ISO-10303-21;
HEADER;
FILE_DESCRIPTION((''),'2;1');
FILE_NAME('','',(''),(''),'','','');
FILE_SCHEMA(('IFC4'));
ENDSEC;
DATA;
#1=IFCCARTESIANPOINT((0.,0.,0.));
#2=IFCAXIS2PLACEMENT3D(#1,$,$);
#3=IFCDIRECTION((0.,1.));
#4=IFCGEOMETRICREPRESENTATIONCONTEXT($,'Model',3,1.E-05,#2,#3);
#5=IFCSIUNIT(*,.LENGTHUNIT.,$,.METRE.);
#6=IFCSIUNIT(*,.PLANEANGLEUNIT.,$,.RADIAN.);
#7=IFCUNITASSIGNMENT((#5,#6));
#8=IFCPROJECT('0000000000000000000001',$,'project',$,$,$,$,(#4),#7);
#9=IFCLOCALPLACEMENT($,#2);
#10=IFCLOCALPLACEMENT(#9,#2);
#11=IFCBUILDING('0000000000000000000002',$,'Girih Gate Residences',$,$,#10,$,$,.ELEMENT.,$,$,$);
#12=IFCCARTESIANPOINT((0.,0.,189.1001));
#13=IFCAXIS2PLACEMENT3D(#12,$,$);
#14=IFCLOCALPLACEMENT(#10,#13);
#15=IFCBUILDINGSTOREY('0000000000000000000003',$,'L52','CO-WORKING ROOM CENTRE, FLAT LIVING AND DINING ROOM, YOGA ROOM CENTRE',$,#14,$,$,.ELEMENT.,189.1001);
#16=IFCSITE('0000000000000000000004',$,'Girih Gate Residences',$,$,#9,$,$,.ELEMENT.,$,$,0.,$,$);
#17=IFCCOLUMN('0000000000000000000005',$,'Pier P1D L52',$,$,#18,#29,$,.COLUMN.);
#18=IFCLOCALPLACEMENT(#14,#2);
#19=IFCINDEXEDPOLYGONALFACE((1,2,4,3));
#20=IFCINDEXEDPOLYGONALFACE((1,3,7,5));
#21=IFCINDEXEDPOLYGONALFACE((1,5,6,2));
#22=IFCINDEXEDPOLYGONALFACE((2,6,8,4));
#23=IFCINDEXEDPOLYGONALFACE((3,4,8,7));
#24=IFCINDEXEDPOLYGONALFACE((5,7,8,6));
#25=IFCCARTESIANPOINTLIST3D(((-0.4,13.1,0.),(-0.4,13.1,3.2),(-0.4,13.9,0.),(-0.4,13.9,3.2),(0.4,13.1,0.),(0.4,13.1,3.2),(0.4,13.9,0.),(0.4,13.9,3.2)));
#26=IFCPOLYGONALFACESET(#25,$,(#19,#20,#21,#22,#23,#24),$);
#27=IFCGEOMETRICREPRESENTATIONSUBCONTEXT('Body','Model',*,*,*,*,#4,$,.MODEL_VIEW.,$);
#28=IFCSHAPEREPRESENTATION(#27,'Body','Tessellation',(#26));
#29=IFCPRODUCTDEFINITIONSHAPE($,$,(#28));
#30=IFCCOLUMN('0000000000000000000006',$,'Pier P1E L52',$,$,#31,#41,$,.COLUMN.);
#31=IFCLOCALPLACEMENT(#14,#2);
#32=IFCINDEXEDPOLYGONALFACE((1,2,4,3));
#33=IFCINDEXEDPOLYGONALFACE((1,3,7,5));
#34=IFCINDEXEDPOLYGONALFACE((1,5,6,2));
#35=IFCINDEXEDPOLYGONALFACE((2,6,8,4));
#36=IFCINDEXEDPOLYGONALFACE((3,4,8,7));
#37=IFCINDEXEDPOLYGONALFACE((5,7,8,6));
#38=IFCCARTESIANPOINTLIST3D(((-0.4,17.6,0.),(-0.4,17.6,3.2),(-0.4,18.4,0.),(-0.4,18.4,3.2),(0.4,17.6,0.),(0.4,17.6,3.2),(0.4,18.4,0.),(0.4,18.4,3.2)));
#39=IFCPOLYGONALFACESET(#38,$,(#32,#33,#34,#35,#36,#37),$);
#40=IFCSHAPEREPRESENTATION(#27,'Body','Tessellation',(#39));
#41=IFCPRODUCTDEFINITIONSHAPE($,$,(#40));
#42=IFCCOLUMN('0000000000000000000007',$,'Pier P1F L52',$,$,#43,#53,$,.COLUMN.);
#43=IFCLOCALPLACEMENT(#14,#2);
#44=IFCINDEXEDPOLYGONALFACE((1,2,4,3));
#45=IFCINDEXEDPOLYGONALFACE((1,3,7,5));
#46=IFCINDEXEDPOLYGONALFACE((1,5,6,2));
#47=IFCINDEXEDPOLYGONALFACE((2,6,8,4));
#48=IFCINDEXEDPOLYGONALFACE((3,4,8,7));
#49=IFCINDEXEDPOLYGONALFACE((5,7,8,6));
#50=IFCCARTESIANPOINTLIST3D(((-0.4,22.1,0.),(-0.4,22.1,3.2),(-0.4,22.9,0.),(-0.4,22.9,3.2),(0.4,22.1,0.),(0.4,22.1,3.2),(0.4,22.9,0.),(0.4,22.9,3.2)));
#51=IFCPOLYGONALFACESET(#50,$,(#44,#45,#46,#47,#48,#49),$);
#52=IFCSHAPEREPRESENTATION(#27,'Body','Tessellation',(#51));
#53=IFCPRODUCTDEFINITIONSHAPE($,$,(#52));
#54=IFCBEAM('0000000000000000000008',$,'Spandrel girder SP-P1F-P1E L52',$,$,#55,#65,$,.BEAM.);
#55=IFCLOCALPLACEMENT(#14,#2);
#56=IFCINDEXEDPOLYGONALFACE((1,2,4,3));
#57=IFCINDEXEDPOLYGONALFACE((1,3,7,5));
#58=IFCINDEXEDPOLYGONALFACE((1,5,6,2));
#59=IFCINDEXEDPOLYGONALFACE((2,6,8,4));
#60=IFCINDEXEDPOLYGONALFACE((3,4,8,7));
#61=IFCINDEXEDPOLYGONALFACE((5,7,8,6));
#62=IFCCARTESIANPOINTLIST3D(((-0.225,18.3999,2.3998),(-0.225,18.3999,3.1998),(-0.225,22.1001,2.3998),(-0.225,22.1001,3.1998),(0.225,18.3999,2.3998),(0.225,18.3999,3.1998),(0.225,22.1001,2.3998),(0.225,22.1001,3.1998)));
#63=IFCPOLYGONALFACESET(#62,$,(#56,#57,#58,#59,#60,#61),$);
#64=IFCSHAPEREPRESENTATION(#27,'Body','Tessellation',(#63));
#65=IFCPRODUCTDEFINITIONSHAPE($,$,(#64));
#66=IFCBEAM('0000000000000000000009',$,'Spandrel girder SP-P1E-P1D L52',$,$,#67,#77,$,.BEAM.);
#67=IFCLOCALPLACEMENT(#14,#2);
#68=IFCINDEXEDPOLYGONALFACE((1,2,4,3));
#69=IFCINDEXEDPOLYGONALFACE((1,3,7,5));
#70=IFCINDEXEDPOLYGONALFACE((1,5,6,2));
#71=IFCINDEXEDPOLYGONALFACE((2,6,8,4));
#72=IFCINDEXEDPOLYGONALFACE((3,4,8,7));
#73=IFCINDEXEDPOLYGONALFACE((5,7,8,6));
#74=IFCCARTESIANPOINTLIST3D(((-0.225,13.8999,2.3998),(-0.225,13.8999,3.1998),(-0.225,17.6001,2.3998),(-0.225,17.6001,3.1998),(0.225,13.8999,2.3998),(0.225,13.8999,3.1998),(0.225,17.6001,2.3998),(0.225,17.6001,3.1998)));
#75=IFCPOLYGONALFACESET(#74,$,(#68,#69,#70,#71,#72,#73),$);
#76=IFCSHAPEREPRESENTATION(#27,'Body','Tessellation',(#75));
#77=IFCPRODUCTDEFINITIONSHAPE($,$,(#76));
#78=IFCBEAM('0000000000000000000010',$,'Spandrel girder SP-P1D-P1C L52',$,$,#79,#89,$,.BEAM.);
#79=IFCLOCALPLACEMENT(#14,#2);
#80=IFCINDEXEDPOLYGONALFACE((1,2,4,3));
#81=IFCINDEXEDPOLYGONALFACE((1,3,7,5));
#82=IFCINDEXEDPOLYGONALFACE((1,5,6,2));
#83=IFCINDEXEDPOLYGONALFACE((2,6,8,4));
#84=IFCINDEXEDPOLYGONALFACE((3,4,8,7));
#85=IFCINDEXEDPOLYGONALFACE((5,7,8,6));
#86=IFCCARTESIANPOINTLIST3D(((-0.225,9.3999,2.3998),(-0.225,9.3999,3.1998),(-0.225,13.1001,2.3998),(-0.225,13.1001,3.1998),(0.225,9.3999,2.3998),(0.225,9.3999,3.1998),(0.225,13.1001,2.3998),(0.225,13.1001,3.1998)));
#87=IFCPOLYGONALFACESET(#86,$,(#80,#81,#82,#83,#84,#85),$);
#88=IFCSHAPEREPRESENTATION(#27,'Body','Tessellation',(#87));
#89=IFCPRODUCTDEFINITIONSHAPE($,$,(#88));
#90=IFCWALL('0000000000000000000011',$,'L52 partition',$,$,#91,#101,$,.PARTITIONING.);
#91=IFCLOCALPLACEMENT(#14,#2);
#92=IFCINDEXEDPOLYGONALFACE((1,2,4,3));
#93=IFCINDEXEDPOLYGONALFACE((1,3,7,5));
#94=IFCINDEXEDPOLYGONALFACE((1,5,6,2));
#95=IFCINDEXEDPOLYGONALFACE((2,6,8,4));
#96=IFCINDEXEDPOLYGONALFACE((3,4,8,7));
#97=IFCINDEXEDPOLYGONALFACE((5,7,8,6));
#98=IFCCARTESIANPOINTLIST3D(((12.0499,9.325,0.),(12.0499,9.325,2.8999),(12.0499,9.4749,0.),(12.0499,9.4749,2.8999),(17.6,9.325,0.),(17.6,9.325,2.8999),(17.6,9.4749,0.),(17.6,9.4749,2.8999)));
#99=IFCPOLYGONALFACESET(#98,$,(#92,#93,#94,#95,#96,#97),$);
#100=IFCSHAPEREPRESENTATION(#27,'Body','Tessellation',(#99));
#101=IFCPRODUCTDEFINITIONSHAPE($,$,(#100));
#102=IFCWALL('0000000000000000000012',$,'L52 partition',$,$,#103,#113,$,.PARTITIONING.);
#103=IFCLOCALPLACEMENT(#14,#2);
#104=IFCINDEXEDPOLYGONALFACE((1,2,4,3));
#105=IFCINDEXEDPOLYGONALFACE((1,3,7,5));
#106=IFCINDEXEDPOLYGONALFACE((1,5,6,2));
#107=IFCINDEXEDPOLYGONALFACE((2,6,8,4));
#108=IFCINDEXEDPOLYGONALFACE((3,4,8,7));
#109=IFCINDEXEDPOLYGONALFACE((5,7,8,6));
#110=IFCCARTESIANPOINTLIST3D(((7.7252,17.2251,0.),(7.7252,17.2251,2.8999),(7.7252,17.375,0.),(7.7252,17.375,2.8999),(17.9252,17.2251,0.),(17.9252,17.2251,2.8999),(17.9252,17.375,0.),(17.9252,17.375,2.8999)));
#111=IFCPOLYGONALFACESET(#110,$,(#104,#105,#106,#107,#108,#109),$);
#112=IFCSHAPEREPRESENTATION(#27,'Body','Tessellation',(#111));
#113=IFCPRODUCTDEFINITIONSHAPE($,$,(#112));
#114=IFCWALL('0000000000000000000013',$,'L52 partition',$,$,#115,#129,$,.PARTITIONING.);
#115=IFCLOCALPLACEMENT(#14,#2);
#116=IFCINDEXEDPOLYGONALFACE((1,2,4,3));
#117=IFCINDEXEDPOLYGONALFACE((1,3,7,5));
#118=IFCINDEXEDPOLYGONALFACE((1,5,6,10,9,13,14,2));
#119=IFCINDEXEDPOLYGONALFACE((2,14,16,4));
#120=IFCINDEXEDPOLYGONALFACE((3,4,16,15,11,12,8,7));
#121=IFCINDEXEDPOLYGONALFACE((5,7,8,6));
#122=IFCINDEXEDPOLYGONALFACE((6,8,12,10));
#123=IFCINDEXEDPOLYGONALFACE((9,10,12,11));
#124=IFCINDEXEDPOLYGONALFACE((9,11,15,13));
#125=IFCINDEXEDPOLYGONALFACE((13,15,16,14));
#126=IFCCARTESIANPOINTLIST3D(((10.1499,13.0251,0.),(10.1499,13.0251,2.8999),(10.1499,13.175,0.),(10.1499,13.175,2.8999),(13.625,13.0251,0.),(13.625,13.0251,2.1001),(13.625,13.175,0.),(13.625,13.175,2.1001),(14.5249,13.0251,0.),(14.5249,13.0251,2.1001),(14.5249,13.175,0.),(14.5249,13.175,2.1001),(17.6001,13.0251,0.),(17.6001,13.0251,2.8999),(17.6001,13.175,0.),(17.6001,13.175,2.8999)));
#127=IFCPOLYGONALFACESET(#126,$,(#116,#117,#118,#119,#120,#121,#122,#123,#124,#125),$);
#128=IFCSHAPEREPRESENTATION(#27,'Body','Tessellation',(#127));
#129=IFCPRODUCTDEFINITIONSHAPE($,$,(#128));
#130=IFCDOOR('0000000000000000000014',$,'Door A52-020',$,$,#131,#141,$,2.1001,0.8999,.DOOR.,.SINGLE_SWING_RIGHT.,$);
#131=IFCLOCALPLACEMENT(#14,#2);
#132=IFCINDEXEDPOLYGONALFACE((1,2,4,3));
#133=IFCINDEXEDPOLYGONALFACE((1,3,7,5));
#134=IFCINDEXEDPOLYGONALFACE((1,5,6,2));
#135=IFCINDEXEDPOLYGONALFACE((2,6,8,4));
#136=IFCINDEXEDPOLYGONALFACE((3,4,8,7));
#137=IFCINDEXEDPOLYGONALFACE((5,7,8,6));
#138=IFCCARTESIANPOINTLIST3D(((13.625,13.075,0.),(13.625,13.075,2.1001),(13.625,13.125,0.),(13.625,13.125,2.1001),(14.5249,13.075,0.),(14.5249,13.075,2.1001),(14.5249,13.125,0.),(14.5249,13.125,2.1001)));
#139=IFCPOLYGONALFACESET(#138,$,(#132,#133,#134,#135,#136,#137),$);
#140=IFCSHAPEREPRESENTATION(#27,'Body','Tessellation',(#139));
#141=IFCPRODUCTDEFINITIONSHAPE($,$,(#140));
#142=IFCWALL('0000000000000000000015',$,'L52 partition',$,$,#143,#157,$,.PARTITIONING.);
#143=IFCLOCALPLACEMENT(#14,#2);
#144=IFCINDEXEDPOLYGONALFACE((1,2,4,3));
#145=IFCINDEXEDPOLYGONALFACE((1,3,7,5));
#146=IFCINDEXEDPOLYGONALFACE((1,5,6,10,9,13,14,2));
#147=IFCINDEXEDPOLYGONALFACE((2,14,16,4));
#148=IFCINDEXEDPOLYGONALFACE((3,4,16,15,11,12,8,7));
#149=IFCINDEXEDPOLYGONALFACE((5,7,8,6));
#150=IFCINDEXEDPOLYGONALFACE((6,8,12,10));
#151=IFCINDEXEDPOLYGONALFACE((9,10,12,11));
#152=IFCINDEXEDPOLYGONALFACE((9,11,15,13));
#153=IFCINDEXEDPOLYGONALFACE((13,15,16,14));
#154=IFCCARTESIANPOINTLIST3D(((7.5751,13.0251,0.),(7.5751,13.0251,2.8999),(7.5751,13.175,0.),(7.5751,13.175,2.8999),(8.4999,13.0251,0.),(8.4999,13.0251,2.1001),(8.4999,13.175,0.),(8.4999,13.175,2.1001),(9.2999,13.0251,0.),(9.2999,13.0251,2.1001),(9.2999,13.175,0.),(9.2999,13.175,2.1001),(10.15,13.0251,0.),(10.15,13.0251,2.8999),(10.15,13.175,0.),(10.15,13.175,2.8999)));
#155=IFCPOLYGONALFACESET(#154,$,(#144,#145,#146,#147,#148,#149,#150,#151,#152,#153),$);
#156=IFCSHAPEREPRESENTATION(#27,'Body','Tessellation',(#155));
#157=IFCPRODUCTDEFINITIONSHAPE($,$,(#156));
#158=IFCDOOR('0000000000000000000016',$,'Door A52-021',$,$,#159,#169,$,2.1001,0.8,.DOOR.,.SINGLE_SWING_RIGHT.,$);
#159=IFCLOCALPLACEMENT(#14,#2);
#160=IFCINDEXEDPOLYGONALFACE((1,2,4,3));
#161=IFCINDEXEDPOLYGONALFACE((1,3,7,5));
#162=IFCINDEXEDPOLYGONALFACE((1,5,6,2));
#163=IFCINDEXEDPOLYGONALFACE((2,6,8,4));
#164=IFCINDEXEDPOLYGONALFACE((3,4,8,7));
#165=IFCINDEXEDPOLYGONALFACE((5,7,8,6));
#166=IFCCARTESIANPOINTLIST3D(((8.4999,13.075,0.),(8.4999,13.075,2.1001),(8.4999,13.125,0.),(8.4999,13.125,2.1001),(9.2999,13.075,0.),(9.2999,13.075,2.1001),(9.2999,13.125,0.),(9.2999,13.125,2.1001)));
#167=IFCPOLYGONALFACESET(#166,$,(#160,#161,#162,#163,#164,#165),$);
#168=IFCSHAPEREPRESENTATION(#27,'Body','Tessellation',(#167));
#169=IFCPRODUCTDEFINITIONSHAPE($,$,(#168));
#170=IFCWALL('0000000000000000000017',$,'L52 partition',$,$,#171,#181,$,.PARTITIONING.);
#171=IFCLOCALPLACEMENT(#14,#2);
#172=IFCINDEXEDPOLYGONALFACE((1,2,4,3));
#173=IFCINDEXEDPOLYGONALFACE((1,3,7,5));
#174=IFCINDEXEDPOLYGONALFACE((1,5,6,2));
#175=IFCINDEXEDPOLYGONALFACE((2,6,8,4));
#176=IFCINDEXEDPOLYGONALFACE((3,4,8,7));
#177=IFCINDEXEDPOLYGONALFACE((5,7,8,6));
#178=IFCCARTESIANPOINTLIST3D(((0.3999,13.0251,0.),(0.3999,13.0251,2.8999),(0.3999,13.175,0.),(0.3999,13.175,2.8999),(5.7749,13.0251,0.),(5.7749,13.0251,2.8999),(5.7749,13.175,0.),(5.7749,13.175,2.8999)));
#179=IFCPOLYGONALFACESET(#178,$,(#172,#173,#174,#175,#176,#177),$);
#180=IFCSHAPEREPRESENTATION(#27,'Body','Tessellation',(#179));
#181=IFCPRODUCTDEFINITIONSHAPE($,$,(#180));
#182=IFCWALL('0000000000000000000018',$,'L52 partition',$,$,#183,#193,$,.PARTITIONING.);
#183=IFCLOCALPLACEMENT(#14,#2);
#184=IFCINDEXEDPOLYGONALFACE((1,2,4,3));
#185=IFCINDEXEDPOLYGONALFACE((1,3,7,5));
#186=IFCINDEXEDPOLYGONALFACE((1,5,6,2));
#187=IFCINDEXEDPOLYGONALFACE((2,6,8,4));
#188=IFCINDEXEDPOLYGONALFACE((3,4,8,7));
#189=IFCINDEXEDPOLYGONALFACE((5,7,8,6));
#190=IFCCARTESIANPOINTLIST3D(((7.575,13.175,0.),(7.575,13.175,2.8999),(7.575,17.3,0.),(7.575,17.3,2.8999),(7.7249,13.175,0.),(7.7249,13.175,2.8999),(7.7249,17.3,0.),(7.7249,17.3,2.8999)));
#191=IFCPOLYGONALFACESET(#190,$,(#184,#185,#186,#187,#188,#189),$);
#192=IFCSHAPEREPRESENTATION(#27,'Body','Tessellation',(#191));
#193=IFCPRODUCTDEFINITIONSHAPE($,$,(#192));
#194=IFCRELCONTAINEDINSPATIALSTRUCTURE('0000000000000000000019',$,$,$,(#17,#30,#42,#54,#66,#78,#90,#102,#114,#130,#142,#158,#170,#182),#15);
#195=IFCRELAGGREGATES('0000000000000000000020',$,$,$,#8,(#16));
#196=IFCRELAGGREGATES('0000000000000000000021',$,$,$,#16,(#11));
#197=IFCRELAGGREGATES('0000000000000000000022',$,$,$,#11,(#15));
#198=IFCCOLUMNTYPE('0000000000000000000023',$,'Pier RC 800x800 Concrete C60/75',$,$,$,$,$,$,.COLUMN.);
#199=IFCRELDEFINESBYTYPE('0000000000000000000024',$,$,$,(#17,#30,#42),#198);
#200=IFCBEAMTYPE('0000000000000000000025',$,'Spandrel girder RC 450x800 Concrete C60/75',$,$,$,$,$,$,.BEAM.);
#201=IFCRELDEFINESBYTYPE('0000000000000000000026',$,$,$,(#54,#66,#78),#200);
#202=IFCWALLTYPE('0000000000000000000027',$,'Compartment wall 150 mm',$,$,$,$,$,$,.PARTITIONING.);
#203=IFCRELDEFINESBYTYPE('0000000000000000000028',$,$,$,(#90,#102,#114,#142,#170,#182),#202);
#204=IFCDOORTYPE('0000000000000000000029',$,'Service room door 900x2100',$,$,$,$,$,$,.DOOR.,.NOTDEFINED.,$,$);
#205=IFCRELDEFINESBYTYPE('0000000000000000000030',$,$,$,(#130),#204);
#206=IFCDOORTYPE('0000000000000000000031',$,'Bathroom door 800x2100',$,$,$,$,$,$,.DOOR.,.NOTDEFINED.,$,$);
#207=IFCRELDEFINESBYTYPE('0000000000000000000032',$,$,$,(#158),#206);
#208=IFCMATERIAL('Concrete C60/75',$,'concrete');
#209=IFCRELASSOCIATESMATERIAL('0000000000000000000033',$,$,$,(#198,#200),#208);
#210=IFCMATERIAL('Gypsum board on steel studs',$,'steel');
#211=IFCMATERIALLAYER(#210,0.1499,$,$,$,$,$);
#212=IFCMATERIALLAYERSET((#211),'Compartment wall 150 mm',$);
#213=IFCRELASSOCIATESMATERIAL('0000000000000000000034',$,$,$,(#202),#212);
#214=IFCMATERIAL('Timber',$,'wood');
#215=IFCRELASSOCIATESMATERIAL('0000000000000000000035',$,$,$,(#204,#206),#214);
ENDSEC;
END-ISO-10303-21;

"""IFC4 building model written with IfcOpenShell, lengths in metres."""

from ifc_helpers import new_model, si_unit, direction, frame, frame_2d, origin, origin_2d, place, context, subcontext, project, spatial, rectangle, extrude, material, layer, layer_set, material_profile, profile_set, type_object, element, fill, save


model = new_model("IFC4")

# Units and contexts
model_context = context("Model", 3, precision=1e-05, world=origin(), true_north=direction((0.0, 1.0)))
body_context = subcontext(model_context, "Body", "Model", "MODEL_VIEW")
ifc_project = project(units=[si_unit("LENGTHUNIT", "METRE"), si_unit("PLANEANGLEUNIT", "RADIAN")], contexts=[model_context])

# Site, building, storey
site_placement = place(None, origin())
site = spatial("IfcSite", under=ifc_project, at=site_placement, Name="Girih Gate Residences", CompositionType="ELEMENT", RefElevation=0.0)
building_placement = place(site_placement, origin())
building = spatial("IfcBuilding", under=site, at=building_placement, Name="Girih Gate Residences", CompositionType="ELEMENT")
storey_placement = place(building_placement, frame((0.0, 0.0, 189.1001)))
storey = spatial("IfcBuildingStorey", under=building, at=storey_placement, Name="L52", Description="CO-WORKING ROOM CENTRE, FLAT LIVING AND DINING ROOM, YOGA ROOM CENTRE", CompositionType="ELEMENT", Elevation=189.1001)

# Columns
ifc_material_1 = material(Name="Concrete C60/75", Category="concrete")
ifc_material_profile_1 = material_profile(ifc_material_1, rectangle(XDim=0.8, YDim=0.8, at=origin_2d()))
ifc_profile_set_1 = profile_set([ifc_material_profile_1], Name="Concrete C60/75")
column_type = type_object("IfcColumnType", Name="Pier RC 800x800 Concrete C60/75", PredefinedType="COLUMN", material=ifc_profile_set_1)
for number, where, z_axis, x_axis, name in (
    (1, (0.0, 13.5, 0.0), (0.0, 0.0, 1.0), (1.0, 0.0, 0.0), "Pier P1D L52"),
    (2, (0.0, 18.0, 0.0), (0.0, 0.0, 1.0), (1.0, 0.0, 0.0), "Pier P1E L52"),
    (3, (0.0, 22.5, 0.0), (0.0, 0.0, 1.0), (1.0, 0.0, 0.0), "Pier P1F L52"),
):
    element("IfcColumn", number, at=place(storey_placement, frame(where, z_axis=z_axis, x_axis=x_axis)), inside=storey, type_object=column_type, Name=name, PredefinedType="COLUMN", context=body_context, shape_type="SweptSolid", body=[
        extrude(rectangle(XDim=0.8, YDim=0.8, at=origin_2d()), origin(), (0.0, 0.0, 1.0), 3.2),
    ])

# Beams
ifc_material_profile_2 = material_profile(ifc_material_1, rectangle(XDim=0.45, YDim=0.8, at=origin_2d()))
ifc_profile_set_2 = profile_set([ifc_material_profile_2], Name="Concrete C60/75")
beam_type = type_object("IfcBeamType", Name="Spandrel girder RC 450x800 Concrete C60/75", PredefinedType="BEAM", material=ifc_profile_set_2)
for number, where, z_axis, x_axis, name in (
    (4, (0.0, 22.1001, 2.7998), (0.0, -1.0, 0.0), (1.0, 0.0, 0.0), "Spandrel girder SP-P1F-P1E L52"),
    (5, (0.0, 17.6001, 2.7998), (0.0, -1.0, 0.0), (1.0, 0.0, 0.0), "Spandrel girder SP-P1E-P1D L52"),
    (6, (0.0, 13.1001, 2.7998), (0.0, -1.0, 0.0), (1.0, 0.0, 0.0), "Spandrel girder SP-P1D-P1C L52"),
):
    element("IfcBeam", number, at=place(storey_placement, frame(where, z_axis=z_axis, x_axis=x_axis)), inside=storey, type_object=beam_type, Name=name, PredefinedType="BEAM", context=body_context, shape_type="SweptSolid", body=[
        extrude(rectangle(XDim=0.45, YDim=0.8, at=origin_2d()), origin(), (0.0, 0.0, 1.0), 3.7002),
    ])

# Wall
ifc_material_2 = material(Name="Gypsum board on steel studs", Category="steel")
ifc_layer_1 = layer(ifc_material_2, 0.1499)
ifc_layer_set_1 = layer_set([ifc_layer_1], Name="Compartment wall 150 mm")
wall_type_1 = type_object("IfcWallType", Name="Compartment wall 150 mm", PredefinedType="PARTITIONING", material=ifc_layer_set_1)
wall_1_placement = place(storey_placement, frame((12.05, 9.3999, 0.0), z_axis=(0.0, 0.0, 1.0), x_axis=(1.0, 0.0, 0.0)))
element("IfcWall", 7, at=wall_1_placement, inside=storey, type_object=wall_type_1, Name="L52 partition", PredefinedType="PARTITIONING", context=body_context, shape_type="SweptSolid", body=[
    extrude(rectangle(XDim=5.55, YDim=0.1499, at=frame_2d((2.7749, 0.0))), origin(), (0.0, 0.0, 1.0), 2.8999),
])

# Wall
wall_2_placement = place(storey_placement, frame((7.7251, 17.3, 0.0), z_axis=(0.0, 0.0, 1.0), x_axis=(1.0, 0.0, 0.0)))
element("IfcWall", 8, at=wall_2_placement, inside=storey, type_object=wall_type_1, Name="L52 partition", PredefinedType="PARTITIONING", context=body_context, shape_type="SweptSolid", body=[
    extrude(rectangle(XDim=10.2, YDim=0.1499, at=frame_2d((5.1001, 0.0))), origin(), (0.0, 0.0, 1.0), 2.8999),
])

# Walls, openings, doors
wall_3_placement = place(storey_placement, frame((10.1499, 13.1001, 0.0), z_axis=(0.0, 0.0, 1.0), x_axis=(1.0, 0.0, 0.0)))
wall_3 = element("IfcWall", 9, at=wall_3_placement, inside=storey, type_object=wall_type_1, Name="L52 partition", PredefinedType="PARTITIONING", context=body_context, shape_type="SweptSolid", body=[
    extrude(rectangle(XDim=7.4502, YDim=0.1499, at=frame_2d((3.7251, 0.0))), origin(), (0.0, 0.0, 1.0), 2.8999),
])
opening_1_placement = place(wall_3_placement, frame((3.4751, 0.0, 0.0)))
opening_1 = element("IfcOpeningElement", 10, at=opening_1_placement, cuts=wall_3, PredefinedType="OPENING", context=body_context, shape_type="SweptSolid", body=[
    extrude(rectangle(XDim=0.8999, YDim=2.1001, at=frame_2d((0.45, 1.05))), frame((0.0, 0.085, 0.0), z_axis=(0.0, -1.0, 0.0), x_axis=(1.0, 0.0, 0.0)), (0.0, 0.0, 1.0), 0.1699),
])
ifc_material_3 = material(Name="Timber", Category="wood")
door_type_1 = type_object("IfcDoorType", Name="Service room door 900x2100", OperationType="NOTDEFINED", PredefinedType="DOOR", material=ifc_material_3)
door_1_placement = place(opening_1_placement, origin())
door_1 = element("IfcDoor", 11, at=door_1_placement, inside=storey, type_object=door_type_1, Name="Door A52-020", OperationType="SINGLE_SWING_RIGHT", OverallHeight=2.1001, OverallWidth=0.8999, PredefinedType="DOOR", context=body_context, shape_type="SweptSolid", body=[
    extrude(rectangle(XDim=0.8999, YDim=2.1001, at=frame_2d((0.45, 1.05))), frame((0.0, 0.0249, 0.0), z_axis=(0.0, -1.0, 0.0), x_axis=(1.0, 0.0, 0.0)), (0.0, 0.0, 1.0), 0.05),
])
fill(opening_1, door_1)
wall_4_placement = place(storey_placement, frame((7.575, 13.1001, 0.0), z_axis=(0.0, 0.0, 1.0), x_axis=(1.0, 0.0, 0.0)))
wall_4 = element("IfcWall", 12, at=wall_4_placement, inside=storey, type_object=wall_type_1, Name="L52 partition", PredefinedType="PARTITIONING", context=body_context, shape_type="SweptSolid", body=[
    extrude(rectangle(XDim=2.575, YDim=0.1499, at=frame_2d((1.2876, 0.0))), origin(), (0.0, 0.0, 1.0), 2.8999),
])
opening_2_placement = place(wall_4_placement, frame((0.925, 0.0, 0.0)))
opening_2 = element("IfcOpeningElement", 13, at=opening_2_placement, cuts=wall_4, PredefinedType="OPENING", context=body_context, shape_type="SweptSolid", body=[
    extrude(rectangle(XDim=0.8, YDim=2.1001, at=frame_2d((0.3999, 1.05))), frame((0.0, 0.085, 0.0), z_axis=(0.0, -1.0, 0.0), x_axis=(1.0, 0.0, 0.0)), (0.0, 0.0, 1.0), 0.1699),
])
door_type_2 = type_object("IfcDoorType", Name="Bathroom door 800x2100", OperationType="NOTDEFINED", PredefinedType="DOOR", material=ifc_material_3)
door_2_placement = place(opening_2_placement, origin())
door_2 = element("IfcDoor", 14, at=door_2_placement, inside=storey, type_object=door_type_2, Name="Door A52-021", OperationType="SINGLE_SWING_RIGHT", OverallHeight=2.1001, OverallWidth=0.8, PredefinedType="DOOR", context=body_context, shape_type="SweptSolid", body=[
    extrude(rectangle(XDim=0.8, YDim=2.1001, at=frame_2d((0.3999, 1.05))), frame((0.0, 0.0249, 0.0), z_axis=(0.0, -1.0, 0.0), x_axis=(1.0, 0.0, 0.0)), (0.0, 0.0, 1.0), 0.05),
])
fill(opening_2, door_2)

# Walls
wall_5_placement = place(storey_placement, frame((0.3999, 13.1001, 0.0), z_axis=(0.0, 0.0, 1.0), x_axis=(1.0, 0.0, 0.0)))
element("IfcWall", 15, at=wall_5_placement, inside=storey, type_object=wall_type_1, Name="L52 partition", PredefinedType="PARTITIONING", context=body_context, shape_type="SweptSolid", body=[
    extrude(rectangle(XDim=5.375, YDim=0.1499, at=frame_2d((2.6875, 0.0))), origin(), (0.0, 0.0, 1.0), 2.8999),
])
wall_6_placement = place(storey_placement, frame((7.6499, 13.175, 0.0), z_axis=(0.0, 0.0, 1.0), x_axis=(0.0, 1.0, 0.0)))
element("IfcWall", 16, at=wall_6_placement, inside=storey, type_object=wall_type_1, Name="L52 partition", PredefinedType="PARTITIONING", context=body_context, shape_type="SweptSolid", body=[
    extrude(rectangle(XDim=4.125, YDim=0.1499, at=frame_2d((2.0625, 0.0))), origin(), (0.0, 0.0, 1.0), 2.8999),
])

save(model, "model.ifc")
